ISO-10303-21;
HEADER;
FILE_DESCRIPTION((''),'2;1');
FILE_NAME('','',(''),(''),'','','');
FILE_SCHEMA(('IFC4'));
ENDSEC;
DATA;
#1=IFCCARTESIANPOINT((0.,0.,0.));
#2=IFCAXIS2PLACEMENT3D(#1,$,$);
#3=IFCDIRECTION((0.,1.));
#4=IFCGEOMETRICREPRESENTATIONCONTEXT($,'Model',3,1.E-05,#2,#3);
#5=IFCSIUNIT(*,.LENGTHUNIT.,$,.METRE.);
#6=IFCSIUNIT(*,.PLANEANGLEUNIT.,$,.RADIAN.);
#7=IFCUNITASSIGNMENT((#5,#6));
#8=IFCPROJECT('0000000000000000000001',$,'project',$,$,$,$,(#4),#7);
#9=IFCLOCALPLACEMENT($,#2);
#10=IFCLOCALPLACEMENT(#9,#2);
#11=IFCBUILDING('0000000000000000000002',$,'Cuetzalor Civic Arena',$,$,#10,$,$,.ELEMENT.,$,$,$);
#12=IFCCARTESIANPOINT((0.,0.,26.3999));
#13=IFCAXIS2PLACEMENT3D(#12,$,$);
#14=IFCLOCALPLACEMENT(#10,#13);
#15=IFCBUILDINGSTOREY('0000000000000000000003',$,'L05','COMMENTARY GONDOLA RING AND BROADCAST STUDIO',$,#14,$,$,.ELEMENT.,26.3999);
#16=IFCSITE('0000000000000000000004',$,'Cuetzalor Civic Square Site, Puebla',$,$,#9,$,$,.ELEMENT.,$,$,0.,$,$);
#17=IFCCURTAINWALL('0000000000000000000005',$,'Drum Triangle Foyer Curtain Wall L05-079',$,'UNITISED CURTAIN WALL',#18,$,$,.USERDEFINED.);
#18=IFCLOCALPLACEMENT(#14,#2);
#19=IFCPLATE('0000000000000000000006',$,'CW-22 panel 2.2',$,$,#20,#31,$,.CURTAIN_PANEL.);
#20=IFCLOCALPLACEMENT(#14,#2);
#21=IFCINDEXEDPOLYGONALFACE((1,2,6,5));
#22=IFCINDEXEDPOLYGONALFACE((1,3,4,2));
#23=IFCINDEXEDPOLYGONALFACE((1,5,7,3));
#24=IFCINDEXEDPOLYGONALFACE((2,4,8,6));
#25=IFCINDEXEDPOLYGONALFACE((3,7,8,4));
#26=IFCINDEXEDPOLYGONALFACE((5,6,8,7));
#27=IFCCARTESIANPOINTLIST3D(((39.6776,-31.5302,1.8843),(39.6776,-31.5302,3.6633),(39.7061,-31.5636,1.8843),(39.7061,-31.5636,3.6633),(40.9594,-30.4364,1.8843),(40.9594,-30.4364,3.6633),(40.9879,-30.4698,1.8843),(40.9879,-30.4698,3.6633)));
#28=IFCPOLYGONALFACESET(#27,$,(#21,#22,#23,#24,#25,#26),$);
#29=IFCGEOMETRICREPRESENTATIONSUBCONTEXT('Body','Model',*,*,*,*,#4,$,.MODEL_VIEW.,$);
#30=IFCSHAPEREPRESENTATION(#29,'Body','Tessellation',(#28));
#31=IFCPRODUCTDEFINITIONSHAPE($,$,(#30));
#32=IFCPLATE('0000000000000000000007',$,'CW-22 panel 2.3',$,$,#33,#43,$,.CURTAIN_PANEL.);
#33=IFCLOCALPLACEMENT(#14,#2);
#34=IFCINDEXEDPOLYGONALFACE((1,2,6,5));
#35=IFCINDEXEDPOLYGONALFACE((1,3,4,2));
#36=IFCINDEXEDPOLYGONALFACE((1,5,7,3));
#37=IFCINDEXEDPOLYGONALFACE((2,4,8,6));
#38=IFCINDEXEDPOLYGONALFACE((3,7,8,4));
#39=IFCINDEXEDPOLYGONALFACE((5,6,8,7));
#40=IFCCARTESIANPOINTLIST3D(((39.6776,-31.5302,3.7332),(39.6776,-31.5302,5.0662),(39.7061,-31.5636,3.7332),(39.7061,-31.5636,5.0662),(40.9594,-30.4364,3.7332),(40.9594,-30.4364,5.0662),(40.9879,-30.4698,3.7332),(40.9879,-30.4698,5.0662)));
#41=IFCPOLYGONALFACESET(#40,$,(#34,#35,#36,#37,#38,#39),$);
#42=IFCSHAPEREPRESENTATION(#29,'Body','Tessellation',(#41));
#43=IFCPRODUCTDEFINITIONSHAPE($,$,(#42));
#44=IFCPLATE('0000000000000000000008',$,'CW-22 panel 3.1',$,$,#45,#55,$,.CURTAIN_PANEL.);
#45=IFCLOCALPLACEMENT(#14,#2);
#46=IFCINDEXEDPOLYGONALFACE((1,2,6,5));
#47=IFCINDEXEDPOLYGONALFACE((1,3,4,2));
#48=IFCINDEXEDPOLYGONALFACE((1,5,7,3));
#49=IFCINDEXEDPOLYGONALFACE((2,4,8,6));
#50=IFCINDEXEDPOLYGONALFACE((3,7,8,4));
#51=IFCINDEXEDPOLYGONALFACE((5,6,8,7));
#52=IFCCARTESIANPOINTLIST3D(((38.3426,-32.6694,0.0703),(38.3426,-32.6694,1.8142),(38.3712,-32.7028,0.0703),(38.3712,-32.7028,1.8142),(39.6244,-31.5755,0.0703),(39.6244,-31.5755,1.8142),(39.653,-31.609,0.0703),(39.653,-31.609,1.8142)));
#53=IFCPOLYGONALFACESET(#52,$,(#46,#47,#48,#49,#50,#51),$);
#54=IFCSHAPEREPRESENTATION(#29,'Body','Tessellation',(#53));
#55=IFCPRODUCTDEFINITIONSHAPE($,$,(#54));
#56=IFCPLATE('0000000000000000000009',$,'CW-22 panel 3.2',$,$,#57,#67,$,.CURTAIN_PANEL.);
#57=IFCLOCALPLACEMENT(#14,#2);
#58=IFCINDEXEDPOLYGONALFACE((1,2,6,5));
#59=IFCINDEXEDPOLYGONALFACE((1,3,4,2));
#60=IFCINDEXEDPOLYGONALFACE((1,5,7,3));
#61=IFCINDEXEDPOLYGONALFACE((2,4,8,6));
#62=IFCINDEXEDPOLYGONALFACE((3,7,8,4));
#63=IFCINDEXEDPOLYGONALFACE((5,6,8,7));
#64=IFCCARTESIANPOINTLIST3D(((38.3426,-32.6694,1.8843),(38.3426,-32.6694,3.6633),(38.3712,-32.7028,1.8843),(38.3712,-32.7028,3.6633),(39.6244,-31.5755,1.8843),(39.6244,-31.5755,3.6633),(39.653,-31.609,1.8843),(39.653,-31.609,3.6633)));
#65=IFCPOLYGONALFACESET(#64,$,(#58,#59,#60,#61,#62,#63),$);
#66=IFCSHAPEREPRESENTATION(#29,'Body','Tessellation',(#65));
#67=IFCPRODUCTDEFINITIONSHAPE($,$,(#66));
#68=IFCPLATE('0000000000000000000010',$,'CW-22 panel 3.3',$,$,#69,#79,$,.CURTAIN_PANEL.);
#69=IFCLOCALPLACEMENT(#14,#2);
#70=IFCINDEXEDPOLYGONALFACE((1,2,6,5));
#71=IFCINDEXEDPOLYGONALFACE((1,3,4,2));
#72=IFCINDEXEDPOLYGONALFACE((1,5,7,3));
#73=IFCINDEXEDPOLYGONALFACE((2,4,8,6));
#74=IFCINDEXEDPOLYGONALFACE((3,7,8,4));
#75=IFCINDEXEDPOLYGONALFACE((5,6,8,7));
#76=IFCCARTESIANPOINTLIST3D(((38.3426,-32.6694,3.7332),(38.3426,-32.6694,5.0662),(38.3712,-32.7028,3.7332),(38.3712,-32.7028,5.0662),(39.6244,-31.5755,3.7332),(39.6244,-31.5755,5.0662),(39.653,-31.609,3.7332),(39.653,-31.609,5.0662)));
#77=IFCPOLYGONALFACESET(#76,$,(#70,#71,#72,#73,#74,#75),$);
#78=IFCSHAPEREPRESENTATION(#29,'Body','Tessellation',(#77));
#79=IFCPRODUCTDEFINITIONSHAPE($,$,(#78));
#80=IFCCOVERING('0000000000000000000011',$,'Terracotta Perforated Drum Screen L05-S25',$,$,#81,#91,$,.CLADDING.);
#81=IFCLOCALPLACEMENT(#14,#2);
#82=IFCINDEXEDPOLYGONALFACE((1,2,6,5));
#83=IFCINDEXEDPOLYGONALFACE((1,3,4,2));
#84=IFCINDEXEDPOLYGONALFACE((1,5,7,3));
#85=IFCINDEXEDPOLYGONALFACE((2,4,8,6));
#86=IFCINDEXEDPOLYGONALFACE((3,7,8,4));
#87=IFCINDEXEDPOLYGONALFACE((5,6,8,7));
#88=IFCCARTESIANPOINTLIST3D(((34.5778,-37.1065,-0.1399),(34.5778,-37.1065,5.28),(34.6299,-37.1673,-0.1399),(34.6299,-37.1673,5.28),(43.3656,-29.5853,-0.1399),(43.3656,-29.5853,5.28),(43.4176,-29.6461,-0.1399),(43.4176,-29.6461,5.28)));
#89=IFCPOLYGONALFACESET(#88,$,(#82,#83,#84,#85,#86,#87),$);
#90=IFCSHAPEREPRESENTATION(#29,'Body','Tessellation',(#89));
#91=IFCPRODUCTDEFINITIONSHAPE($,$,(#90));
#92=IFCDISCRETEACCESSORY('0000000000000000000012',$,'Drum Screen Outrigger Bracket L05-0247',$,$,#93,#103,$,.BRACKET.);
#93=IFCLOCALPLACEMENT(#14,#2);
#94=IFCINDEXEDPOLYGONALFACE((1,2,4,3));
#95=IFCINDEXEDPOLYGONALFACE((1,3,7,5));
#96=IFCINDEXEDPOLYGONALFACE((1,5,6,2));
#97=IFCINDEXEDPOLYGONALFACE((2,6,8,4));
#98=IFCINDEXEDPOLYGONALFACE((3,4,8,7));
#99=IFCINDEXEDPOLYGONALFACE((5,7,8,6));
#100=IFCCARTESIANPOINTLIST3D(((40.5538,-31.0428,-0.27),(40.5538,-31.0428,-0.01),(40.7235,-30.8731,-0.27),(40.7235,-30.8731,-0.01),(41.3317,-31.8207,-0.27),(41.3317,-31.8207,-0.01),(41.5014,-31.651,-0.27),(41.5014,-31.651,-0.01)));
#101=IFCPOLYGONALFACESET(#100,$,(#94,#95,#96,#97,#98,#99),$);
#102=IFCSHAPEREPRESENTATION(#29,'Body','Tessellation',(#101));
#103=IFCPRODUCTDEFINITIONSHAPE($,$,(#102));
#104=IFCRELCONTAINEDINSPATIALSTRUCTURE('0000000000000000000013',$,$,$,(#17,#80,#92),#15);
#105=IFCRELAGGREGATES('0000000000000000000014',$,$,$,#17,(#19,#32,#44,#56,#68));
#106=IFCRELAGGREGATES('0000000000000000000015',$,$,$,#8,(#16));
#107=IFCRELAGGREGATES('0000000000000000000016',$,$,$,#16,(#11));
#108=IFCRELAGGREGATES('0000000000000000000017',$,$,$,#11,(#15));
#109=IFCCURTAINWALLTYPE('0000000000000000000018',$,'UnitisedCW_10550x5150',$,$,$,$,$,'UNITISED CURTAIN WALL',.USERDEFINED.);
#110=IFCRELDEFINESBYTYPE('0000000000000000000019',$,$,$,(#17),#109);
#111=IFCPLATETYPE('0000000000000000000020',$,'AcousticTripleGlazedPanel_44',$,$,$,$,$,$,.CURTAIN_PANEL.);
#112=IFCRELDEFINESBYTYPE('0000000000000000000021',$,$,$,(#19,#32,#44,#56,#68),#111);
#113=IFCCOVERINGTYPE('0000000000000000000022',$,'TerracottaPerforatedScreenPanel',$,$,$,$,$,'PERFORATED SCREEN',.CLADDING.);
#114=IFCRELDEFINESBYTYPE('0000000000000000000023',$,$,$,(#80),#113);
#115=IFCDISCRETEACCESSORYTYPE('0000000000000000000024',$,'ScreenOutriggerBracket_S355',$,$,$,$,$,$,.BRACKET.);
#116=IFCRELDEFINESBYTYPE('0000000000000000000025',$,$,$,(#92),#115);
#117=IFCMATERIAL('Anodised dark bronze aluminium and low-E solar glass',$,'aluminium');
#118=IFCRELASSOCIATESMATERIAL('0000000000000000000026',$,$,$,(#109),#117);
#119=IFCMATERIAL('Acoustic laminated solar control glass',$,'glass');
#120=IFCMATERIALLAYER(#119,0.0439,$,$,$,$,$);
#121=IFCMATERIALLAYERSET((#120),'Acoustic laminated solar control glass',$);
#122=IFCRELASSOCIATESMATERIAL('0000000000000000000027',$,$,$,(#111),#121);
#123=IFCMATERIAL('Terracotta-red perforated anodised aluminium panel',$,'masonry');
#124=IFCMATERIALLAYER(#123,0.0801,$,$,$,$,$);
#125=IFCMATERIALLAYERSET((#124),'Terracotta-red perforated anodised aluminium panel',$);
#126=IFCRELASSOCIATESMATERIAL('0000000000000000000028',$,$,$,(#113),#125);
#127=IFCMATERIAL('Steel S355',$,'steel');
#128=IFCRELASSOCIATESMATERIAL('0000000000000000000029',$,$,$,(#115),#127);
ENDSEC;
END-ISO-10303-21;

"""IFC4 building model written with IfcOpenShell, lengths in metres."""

from ifc_helpers import new_model, si_unit, direction, frame, frame_2d, origin, origin_2d, place, context, subcontext, project, spatial, rectangle, extrude, material, layer, layer_set, type_object, element, aggregate, save


model = new_model("IFC4")

# Units and contexts
model_context = context("Model", 3, precision=1e-05, world=origin(), true_north=direction((0.0, 1.0)))
body_context = subcontext(model_context, "Body", "Model", "MODEL_VIEW")
ifc_project = project(units=[si_unit("LENGTHUNIT", "METRE"), si_unit("PLANEANGLEUNIT", "RADIAN")], contexts=[model_context])

# Site, building, storey
site_placement = place(None, origin())
site = spatial("IfcSite", under=ifc_project, at=site_placement, Name="Cuetzalor Civic Square Site, Puebla", CompositionType="ELEMENT", RefElevation=0.0)
building_placement = place(site_placement, origin())
building = spatial("IfcBuilding", under=site, at=building_placement, Name="Cuetzalor Civic Arena", CompositionType="ELEMENT")
storey_placement = place(building_placement, frame((0.0, 0.0, 26.3999)))
storey = spatial("IfcBuildingStorey", under=building, at=storey_placement, Name="L05", Description="COMMENTARY GONDOLA RING AND BROADCAST STUDIO", CompositionType="ELEMENT", Elevation=26.3999)

# Curtain wall, plates
ifc_material_1 = material(Name="Anodised dark bronze aluminium and low-E solar glass", Category="aluminium")
curtain_wall_type = type_object("IfcCurtainWallType", Name="UnitisedCW_10550x5150", ElementType="UNITISED CURTAIN WALL", PredefinedType="USERDEFINED", material=ifc_material_1)
curtain_wall_placement = place(storey_placement, origin())
curtain_wall = element("IfcCurtainWall", 1, at=curtain_wall_placement, inside=storey, type_object=curtain_wall_type, Name="Drum Triangle Foyer Curtain Wall L05-079", ObjectType="UNITISED CURTAIN WALL", PredefinedType="USERDEFINED")
ifc_material_2 = material(Name="Acoustic laminated solar control glass", Category="glass")
ifc_layer_1 = layer(ifc_material_2, 0.0439)
ifc_layer_set_1 = layer_set([ifc_layer_1], Name="Acoustic laminated solar control glass")
plate_type = type_object("IfcPlateType", Name="AcousticTripleGlazedPanel_44", PredefinedType="CURTAIN_PANEL", material=ifc_layer_set_1)
plate_1_placement = place(storey_placement, frame((40.3328, -31.0, 1.8843), z_axis=(0.0, 0.0, 1.0), x_axis=(-0.760677, -0.64913, 0.0)))
plate_1 = element("IfcPlate", 2, at=plate_1_placement, type_object=plate_type, Name="CW-22 panel 2.2", PredefinedType="CURTAIN_PANEL", context=body_context, shape_type="SweptSolid", body=[
    extrude(rectangle(XDim=1.6851, YDim=0.0439, at=origin_2d()), origin(), (0.0, 0.0, 1.0), 1.7791),
])
plate_2_placement = place(storey_placement, frame((40.3328, -31.0, 3.7332), z_axis=(0.0, 0.0, 1.0), x_axis=(-0.760677, -0.64913, 0.0)))
plate_2 = element("IfcPlate", 3, at=plate_2_placement, type_object=plate_type, Name="CW-22 panel 2.3", PredefinedType="CURTAIN_PANEL", context=body_context, shape_type="SweptSolid", body=[
    extrude(rectangle(XDim=1.6851, YDim=0.0439, at=origin_2d()), origin(), (0.0, 0.0, 1.0), 1.333),
])
plate_3_placement = place(storey_placement, frame((38.9978, -32.1392, 0.0703), z_axis=(0.0, 0.0, 1.0), x_axis=(-0.760677, -0.64913, 0.0)))
plate_3 = element("IfcPlate", 4, at=plate_3_placement, type_object=plate_type, Name="CW-22 panel 3.1", PredefinedType="CURTAIN_PANEL", context=body_context, shape_type="SweptSolid", body=[
    extrude(rectangle(XDim=1.6851, YDim=0.0439, at=origin_2d()), origin(), (0.0, 0.0, 1.0), 1.7439),
])
plate_4_placement = place(storey_placement, frame((38.9978, -32.1392, 1.8843), z_axis=(0.0, 0.0, 1.0), x_axis=(-0.760677, -0.64913, 0.0)))
plate_4 = element("IfcPlate", 5, at=plate_4_placement, type_object=plate_type, Name="CW-22 panel 3.2", PredefinedType="CURTAIN_PANEL", context=body_context, shape_type="SweptSolid", body=[
    extrude(rectangle(XDim=1.6851, YDim=0.0439, at=origin_2d()), origin(), (0.0, 0.0, 1.0), 1.7791),
])
plate_5_placement = place(storey_placement, frame((38.9978, -32.1392, 3.7332), z_axis=(0.0, 0.0, 1.0), x_axis=(-0.760677, -0.64913, 0.0)))
plate_5 = element("IfcPlate", 6, at=plate_5_placement, type_object=plate_type, Name="CW-22 panel 3.3", PredefinedType="CURTAIN_PANEL", context=body_context, shape_type="SweptSolid", body=[
    extrude(rectangle(XDim=1.6851, YDim=0.0439, at=origin_2d()), origin(), (0.0, 0.0, 1.0), 1.333),
])
aggregate(curtain_wall, [plate_1, plate_2, plate_3, plate_4, plate_5])

# Covering
ifc_material_3 = material(Name="Terracotta-red perforated anodised aluminium panel", Category="masonry")
ifc_layer_2 = layer(ifc_material_3, 0.0801)
ifc_layer_set_2 = layer_set([ifc_layer_2], Name="Terracotta-red perforated anodised aluminium panel")
covering_type = type_object("IfcCoveringType", Name="TerracottaPerforatedScreenPanel", ElementType="PERFORATED SCREEN", PredefinedType="CLADDING", material=ifc_layer_set_2)
covering_placement = place(storey_placement, frame((43.3916, -29.6157, -0.1399), z_axis=(0.0, 0.0, 1.0), x_axis=(-0.759735, -0.650233, 0.0)))
element("IfcCovering", 7, at=covering_placement, inside=storey, type_object=covering_type, Name="Terracotta Perforated Drum Screen L05-S25", PredefinedType="CLADDING", context=body_context, shape_type="SweptSolid", body=[
    extrude(rectangle(XDim=11.5669, YDim=0.0801, at=frame_2d((5.7834, 0.0))), origin(), (0.0, 0.0, 1.0), 5.4199),
])

# Discrete accessory
ifc_material_4 = material(Name="Steel S355", Category="steel")
discrete_accessory_type = type_object("IfcDiscreteAccessoryType", Name="ScreenOutriggerBracket_S355", PredefinedType="BRACKET", material=ifc_material_4)
discrete_accessory_placement = place(storey_placement, frame((41.0276, -31.3469, -0.27), z_axis=(0.0, 0.0, 1.0), x_axis=(0.707107, -0.707107, 0.0)))
element("IfcDiscreteAccessory", 8, at=discrete_accessory_placement, inside=storey, type_object=discrete_accessory_type, Name="Drum Screen Outrigger Bracket L05-0247", PredefinedType="BRACKET", context=body_context, shape_type="SweptSolid", body=[
    extrude(rectangle(XDim=1.1001, YDim=0.24, at=origin_2d()), origin(), (0.0, 0.0, 1.0), 0.26),
])

save(model, "model.ifc")
